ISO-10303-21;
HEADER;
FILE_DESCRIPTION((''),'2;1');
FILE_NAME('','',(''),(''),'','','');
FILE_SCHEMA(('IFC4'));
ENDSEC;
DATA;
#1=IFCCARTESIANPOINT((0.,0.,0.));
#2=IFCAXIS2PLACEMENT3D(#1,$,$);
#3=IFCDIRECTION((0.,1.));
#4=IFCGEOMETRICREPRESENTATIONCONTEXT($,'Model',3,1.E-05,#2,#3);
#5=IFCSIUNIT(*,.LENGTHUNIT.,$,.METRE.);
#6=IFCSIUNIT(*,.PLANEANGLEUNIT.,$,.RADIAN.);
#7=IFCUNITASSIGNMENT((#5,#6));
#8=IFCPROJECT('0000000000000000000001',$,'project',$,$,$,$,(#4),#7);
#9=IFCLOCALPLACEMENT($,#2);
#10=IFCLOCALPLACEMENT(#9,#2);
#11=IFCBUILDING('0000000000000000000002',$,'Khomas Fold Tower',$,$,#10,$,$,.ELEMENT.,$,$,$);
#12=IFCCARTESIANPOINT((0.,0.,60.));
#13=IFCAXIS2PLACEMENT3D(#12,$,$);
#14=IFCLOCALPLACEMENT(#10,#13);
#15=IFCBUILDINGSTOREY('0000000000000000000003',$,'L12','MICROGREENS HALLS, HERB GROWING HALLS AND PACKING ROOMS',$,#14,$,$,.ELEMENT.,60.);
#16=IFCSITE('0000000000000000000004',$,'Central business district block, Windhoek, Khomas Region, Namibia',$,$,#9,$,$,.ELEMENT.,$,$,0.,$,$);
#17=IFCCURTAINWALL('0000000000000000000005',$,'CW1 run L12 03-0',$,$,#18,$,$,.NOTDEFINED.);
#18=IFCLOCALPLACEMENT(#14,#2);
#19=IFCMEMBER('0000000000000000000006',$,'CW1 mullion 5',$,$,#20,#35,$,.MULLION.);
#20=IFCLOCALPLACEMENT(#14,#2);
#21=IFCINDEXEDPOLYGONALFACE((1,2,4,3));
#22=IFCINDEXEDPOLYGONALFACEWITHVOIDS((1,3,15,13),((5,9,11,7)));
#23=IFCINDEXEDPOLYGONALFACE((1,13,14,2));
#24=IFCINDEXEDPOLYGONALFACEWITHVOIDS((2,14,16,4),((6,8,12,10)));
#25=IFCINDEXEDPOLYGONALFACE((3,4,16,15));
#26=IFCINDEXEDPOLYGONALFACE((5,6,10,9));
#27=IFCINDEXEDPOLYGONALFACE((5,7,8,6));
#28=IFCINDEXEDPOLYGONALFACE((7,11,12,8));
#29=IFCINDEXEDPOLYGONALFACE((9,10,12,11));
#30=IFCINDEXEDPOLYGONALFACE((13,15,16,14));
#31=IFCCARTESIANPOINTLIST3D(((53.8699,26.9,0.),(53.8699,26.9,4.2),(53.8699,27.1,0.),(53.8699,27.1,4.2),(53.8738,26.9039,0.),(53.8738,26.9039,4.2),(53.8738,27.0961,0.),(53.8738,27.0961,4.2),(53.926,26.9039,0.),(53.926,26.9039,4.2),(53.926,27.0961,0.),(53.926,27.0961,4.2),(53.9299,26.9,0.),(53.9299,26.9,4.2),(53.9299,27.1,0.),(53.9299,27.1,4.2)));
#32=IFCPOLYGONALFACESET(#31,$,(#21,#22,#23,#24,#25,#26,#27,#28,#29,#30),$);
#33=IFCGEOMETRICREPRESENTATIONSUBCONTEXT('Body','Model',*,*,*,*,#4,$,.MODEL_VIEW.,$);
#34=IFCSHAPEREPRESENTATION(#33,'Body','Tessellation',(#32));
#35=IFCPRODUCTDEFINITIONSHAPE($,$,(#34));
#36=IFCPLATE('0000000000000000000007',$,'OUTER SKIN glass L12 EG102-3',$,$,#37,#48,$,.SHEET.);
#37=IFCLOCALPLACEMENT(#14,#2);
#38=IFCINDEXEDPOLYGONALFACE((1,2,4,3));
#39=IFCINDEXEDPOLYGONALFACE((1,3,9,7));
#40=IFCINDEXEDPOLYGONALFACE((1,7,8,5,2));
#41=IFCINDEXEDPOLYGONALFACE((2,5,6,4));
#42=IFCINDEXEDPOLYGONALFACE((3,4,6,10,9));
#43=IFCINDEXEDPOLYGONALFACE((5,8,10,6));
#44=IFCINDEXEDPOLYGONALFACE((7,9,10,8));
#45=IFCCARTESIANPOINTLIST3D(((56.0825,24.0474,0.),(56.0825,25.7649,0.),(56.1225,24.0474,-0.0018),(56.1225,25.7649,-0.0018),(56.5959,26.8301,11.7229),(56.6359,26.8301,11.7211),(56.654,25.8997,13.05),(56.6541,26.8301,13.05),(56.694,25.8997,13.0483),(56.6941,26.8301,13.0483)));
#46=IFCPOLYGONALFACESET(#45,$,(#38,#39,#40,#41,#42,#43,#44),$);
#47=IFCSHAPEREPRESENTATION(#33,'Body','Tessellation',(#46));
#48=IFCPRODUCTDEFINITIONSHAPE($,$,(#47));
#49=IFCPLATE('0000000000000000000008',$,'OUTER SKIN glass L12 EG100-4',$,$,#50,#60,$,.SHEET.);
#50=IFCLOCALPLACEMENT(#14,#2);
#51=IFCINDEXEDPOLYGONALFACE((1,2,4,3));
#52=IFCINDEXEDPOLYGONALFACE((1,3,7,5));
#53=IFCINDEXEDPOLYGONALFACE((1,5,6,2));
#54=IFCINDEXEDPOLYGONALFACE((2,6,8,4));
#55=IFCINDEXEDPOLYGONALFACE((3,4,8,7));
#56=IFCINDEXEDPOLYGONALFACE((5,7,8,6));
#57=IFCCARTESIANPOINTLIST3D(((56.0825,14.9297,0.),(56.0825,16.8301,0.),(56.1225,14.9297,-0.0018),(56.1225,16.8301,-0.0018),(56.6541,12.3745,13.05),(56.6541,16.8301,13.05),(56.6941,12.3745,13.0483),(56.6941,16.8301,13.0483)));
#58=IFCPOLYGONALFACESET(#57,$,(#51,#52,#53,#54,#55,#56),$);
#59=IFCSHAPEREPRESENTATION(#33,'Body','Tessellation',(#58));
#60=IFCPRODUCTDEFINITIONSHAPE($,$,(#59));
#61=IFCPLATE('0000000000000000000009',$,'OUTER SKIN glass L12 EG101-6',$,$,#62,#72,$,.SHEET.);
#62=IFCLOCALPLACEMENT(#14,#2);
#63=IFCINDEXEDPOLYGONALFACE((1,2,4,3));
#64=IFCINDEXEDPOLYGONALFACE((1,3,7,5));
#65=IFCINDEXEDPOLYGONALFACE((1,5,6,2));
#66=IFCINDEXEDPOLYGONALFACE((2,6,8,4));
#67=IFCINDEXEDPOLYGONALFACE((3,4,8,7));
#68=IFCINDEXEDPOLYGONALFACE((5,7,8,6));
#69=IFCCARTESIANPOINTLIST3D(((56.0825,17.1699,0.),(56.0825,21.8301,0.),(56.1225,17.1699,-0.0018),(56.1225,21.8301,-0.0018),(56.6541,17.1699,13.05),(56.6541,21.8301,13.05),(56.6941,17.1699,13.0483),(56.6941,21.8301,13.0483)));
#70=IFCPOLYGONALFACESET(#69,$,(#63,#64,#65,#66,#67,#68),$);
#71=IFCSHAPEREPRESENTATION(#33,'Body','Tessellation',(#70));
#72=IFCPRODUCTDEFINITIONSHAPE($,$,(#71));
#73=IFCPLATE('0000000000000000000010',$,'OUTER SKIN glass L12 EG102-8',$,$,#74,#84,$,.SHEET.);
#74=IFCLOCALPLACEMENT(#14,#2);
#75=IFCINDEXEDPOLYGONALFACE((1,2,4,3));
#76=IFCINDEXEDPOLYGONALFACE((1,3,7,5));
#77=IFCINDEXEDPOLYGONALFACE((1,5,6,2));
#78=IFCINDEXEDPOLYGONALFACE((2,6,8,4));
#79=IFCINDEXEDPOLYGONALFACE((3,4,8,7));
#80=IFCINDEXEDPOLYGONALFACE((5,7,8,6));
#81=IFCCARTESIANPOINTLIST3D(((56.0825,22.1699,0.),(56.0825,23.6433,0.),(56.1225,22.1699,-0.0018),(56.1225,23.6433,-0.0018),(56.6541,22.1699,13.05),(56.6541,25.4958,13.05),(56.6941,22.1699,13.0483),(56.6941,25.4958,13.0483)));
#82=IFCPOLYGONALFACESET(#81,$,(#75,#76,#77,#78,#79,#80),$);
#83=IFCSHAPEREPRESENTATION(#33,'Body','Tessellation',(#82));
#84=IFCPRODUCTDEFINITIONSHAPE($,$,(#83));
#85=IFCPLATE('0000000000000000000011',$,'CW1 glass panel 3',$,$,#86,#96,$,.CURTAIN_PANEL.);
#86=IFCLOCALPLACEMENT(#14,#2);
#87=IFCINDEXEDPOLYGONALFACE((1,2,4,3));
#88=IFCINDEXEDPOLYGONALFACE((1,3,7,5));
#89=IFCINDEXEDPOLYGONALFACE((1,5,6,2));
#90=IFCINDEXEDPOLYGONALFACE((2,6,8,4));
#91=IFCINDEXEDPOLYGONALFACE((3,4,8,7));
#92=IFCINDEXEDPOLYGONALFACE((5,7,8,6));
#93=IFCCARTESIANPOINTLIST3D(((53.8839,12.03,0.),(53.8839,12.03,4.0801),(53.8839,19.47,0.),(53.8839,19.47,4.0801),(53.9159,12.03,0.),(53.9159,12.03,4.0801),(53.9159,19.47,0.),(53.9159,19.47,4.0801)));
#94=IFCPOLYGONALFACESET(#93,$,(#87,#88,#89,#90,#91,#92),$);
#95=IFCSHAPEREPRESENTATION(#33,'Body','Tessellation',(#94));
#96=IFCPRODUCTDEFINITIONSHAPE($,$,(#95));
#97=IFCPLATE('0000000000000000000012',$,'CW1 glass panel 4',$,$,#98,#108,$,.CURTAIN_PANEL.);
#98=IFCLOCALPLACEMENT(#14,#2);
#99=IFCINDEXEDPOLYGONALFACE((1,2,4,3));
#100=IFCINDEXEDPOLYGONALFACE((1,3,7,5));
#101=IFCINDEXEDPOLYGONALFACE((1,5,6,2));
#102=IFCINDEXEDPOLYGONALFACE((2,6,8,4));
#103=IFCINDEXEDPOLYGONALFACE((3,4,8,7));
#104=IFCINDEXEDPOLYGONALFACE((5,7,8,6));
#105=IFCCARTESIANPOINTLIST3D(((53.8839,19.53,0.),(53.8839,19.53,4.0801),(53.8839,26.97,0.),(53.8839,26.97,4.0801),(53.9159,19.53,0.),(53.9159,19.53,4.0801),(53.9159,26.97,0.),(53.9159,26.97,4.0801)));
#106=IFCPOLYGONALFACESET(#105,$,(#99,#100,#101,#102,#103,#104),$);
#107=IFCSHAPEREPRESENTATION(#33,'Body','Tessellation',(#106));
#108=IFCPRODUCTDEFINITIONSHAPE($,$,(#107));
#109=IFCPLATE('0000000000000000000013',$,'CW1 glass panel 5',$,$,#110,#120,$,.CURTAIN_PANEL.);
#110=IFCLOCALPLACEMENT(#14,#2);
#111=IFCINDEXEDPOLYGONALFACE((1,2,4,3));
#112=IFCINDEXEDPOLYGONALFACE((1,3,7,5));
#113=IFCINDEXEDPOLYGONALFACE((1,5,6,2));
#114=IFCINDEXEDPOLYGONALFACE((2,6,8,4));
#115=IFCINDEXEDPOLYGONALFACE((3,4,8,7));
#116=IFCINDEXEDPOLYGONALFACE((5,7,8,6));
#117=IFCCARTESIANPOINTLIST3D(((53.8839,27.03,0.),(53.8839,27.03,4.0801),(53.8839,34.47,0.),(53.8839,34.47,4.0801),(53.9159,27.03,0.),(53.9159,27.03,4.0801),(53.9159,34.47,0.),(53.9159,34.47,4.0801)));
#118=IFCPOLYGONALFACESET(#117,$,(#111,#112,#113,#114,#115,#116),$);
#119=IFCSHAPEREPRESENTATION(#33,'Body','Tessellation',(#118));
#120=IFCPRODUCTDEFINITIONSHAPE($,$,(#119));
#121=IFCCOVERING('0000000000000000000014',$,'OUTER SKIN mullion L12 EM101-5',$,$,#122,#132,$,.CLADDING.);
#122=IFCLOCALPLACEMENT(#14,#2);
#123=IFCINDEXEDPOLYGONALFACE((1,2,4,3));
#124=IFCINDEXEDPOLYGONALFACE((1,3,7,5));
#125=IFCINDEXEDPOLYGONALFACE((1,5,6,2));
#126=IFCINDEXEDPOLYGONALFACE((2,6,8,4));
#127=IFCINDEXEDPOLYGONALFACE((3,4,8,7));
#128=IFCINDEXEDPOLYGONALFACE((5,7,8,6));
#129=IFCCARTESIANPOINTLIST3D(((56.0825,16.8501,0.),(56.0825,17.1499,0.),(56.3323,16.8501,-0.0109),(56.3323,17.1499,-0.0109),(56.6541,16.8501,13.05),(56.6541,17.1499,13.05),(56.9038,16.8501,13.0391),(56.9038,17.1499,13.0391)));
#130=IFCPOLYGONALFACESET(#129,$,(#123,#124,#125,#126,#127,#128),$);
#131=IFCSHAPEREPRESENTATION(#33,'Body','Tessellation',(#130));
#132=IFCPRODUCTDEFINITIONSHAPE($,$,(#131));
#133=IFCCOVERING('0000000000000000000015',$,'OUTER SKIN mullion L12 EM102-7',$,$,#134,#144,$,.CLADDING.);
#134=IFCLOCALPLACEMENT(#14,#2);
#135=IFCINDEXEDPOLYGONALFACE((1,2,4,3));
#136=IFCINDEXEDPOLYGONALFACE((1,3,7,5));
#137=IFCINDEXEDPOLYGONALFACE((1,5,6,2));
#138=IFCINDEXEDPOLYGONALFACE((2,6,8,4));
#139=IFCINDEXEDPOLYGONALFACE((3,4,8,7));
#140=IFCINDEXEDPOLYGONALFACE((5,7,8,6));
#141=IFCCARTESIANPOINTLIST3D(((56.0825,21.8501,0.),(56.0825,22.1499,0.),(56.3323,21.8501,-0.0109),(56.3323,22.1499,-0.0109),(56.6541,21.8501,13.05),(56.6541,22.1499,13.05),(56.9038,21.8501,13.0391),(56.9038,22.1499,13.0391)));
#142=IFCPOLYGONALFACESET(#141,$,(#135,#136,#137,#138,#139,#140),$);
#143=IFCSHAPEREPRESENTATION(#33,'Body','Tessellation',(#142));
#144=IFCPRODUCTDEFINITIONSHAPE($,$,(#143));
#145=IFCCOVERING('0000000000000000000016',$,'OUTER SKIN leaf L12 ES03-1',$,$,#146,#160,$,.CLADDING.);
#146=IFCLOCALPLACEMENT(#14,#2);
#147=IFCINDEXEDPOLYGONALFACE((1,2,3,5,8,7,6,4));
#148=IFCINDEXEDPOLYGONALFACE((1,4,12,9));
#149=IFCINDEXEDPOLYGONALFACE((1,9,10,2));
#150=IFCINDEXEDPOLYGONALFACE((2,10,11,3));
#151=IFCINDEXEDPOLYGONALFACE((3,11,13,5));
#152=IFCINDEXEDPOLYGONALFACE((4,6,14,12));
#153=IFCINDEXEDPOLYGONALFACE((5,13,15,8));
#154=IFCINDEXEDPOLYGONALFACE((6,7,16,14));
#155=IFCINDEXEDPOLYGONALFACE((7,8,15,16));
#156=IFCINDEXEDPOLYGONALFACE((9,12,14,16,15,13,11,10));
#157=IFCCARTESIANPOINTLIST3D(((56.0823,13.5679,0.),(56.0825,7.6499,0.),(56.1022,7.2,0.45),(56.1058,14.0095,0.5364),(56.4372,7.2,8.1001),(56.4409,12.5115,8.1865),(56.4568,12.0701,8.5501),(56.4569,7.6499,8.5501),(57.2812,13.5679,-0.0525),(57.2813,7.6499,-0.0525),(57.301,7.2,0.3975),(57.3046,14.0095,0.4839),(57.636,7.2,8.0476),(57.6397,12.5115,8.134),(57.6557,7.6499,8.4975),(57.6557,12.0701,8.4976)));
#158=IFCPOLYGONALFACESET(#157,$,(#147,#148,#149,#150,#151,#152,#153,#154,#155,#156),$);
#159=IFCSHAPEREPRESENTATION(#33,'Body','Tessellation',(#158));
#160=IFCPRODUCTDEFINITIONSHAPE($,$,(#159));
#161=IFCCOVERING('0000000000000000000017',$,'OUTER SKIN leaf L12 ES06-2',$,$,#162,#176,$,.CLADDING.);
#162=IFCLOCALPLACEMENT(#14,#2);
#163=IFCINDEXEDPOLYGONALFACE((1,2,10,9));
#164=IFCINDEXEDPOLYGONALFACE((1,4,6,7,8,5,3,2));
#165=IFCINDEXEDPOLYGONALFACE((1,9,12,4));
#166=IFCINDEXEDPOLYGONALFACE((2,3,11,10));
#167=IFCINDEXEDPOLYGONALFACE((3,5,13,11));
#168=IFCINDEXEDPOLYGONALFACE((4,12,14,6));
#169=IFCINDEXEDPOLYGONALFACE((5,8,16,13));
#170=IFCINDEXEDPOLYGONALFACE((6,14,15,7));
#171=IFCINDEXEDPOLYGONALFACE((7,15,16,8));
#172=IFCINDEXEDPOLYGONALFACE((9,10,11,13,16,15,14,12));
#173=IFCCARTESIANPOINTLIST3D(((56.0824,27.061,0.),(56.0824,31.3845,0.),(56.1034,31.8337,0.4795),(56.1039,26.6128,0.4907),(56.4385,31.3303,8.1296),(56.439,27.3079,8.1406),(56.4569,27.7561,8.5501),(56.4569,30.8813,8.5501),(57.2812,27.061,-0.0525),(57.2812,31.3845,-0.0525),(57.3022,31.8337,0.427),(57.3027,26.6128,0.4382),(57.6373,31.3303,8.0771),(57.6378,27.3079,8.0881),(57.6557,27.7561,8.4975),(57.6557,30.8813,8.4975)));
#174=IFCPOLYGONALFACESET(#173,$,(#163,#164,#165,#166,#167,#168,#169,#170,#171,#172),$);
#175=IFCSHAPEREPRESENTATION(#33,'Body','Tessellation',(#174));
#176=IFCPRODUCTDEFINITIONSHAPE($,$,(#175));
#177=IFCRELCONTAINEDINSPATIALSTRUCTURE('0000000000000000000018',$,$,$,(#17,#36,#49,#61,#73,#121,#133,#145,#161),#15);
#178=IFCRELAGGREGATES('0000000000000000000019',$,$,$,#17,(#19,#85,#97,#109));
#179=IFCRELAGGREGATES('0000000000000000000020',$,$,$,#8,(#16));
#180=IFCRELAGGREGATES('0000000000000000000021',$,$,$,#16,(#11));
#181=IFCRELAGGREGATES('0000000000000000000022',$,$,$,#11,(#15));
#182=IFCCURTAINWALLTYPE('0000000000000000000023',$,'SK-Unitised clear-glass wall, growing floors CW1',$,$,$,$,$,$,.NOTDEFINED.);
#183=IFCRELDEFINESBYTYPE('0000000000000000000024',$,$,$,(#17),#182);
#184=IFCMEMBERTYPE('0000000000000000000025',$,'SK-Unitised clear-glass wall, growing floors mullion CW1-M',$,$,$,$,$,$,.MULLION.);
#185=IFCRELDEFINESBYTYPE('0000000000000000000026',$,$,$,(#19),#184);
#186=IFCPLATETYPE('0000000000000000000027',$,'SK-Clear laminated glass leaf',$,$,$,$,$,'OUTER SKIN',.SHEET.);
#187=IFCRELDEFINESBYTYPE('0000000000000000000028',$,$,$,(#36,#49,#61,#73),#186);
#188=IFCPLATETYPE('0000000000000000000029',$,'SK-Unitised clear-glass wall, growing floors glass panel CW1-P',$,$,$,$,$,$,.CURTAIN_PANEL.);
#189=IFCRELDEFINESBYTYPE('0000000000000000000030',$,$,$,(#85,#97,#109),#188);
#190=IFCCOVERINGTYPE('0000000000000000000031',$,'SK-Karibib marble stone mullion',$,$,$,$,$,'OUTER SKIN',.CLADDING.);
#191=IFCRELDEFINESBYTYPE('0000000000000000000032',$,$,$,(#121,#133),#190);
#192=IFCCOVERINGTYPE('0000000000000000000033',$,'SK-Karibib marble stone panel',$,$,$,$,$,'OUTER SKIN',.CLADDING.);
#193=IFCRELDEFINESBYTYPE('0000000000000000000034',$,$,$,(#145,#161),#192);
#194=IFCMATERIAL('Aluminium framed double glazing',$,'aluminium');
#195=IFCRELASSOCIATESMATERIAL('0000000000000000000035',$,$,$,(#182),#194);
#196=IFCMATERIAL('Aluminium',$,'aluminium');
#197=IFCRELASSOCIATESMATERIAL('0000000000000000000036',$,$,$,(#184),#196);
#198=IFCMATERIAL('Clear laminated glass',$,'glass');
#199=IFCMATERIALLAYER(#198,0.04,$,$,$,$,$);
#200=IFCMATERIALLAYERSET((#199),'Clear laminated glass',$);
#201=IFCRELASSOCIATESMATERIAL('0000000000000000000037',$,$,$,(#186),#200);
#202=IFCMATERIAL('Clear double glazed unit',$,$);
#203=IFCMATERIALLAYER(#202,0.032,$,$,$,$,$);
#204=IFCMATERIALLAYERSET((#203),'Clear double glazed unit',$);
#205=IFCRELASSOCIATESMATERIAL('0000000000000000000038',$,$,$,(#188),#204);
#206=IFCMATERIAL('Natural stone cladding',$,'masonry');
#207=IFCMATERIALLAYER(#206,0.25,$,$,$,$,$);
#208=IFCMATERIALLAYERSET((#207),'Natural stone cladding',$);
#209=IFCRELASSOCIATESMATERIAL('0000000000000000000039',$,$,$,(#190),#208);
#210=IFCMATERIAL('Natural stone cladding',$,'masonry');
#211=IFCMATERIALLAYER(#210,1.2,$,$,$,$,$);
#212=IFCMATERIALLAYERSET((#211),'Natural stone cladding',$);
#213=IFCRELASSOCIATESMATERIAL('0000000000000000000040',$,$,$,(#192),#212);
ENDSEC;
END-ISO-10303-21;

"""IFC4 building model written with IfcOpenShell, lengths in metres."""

from ifc_helpers import new_model, si_unit, direction, frame, origin, origin_2d, place, context, subcontext, project, spatial, polyline, rectangle, hollow_rectangle, outline, extrude, source, transform, mapped, material, layer, layer_set, material_profile, profile_set, type_object, element, aggregate, save


model = new_model("IFC4")

# Units and contexts
model_context = context("Model", 3, precision=1e-05, world=origin(), true_north=direction((0.0, 1.0)))
body_context = subcontext(model_context, "Body", "Model", "MODEL_VIEW")
ifc_project = project(units=[si_unit("LENGTHUNIT", "METRE"), si_unit("PLANEANGLEUNIT", "RADIAN")], contexts=[model_context])

# Site, building, storey
site_placement = place(None, origin())
site = spatial("IfcSite", under=ifc_project, at=site_placement, Name="Central business district block, Windhoek, Khomas Region, Namibia", CompositionType="ELEMENT", RefElevation=0.0)
building_placement = place(site_placement, origin())
building = spatial("IfcBuilding", under=site, at=building_placement, Name="Khomas Fold Tower", CompositionType="ELEMENT")
storey_placement = place(building_placement, frame((0.0, 0.0, 60.0)))
storey = spatial("IfcBuildingStorey", under=building, at=storey_placement, Name="L12", Description="MICROGREENS HALLS, HERB GROWING HALLS AND PACKING ROOMS", CompositionType="ELEMENT", Elevation=60.0)

# Curtain wall, member
ifc_material_1 = material(Name="Aluminium framed double glazing", Category="aluminium")
curtain_wall_type = type_object("IfcCurtainWallType", Name="SK-Unitised clear-glass wall, growing floors CW1", PredefinedType="NOTDEFINED", material=ifc_material_1)
curtain_wall_placement = place(storey_placement, origin())
curtain_wall = element("IfcCurtainWall", 1, at=curtain_wall_placement, inside=storey, type_object=curtain_wall_type, Name="CW1 run L12 03-0", PredefinedType="NOTDEFINED")
ifc_material_2 = material(Name="Aluminium", Category="aluminium")
ifc_material_profile_1 = material_profile(ifc_material_2, hollow_rectangle(XDim=0.0601, YDim=0.2, WallThickness=0.0039, at=origin_2d()), Name="SK-Unitised clear-glass wall, growing floors mullion CW1-M")
ifc_profile_set_1 = profile_set([ifc_material_profile_1], Name="Aluminium")
member_type_1 = type_object("IfcMemberType", Name="SK-Unitised clear-glass wall, growing floors mullion CW1-M", PredefinedType="MULLION", material=ifc_profile_set_1)
shared_shape_1 = source(origin(), body_context, "Body", "SweptSolid", [
    extrude(hollow_rectangle(XDim=0.0601, YDim=0.2, WallThickness=0.0039, at=origin_2d()), origin(), (0.0, 0.0, 1.0), 4.2),
])
member_1_placement = place(storey_placement, frame((53.8999, 27.0, 0.0), z_axis=(0.0, 0.0, 1.0), x_axis=(-1.0, 0.0, 0.0)))
member_1 = element("IfcMember", 2, at=member_1_placement, type_object=member_type_1, Name="CW1 mullion 5", PredefinedType="MULLION", context=body_context, shape_type="MappedRepresentation", body=[
    mapped(shared_shape_1, transform((0.0, 0.0, 0.0))),
])

# Plates
ifc_material_3 = material(Name="Clear laminated glass", Category="glass")
ifc_layer_1 = layer(ifc_material_3, 0.04)
ifc_layer_set_1 = layer_set([ifc_layer_1], Name="Clear laminated glass")
plate_type_1 = type_object("IfcPlateType", Name="SK-Clear laminated glass leaf", ElementType="OUTER SKIN", PredefinedType="SHEET", material=ifc_layer_set_1)
plate_1_placement = place(storey_placement, frame((56.0825, 25.7649, 0.0), z_axis=(-0.999042, 0.000006, 0.043753), x_axis=(-0.000006, -1.0, 0.0)))
element("IfcPlate", 3, at=plate_1_placement, inside=storey, type_object=plate_type_1, Name="OUTER SKIN glass L12 EG102-3", PredefinedType="SHEET", context=body_context, shape_type="SweptSolid", body=[
    extrude(outline(polyline([(0.0, 0.0), (1.7175, 0.0), (-0.1348, 13.0626), (-1.0652, 13.0626), (-1.0652, 11.7341), (0.0, 0.0)])), origin(), (0.0, 0.0, -1.0), 0.04),
])
plate_2_placement = place(storey_placement, frame((56.0825, 14.9297, 0.0), z_axis=(-0.999042, 0.0, 0.043754), x_axis=(0.04294, -0.191972, 0.98046)))
element("IfcPlate", 4, at=plate_2_placement, inside=storey, type_object=plate_type_1, Name="OUTER SKIN glass L12 EG100-4", PredefinedType="SHEET", context=body_context, shape_type="SweptSolid", body=[
    extrude(outline(polyline([(0.0, 0.0), (13.3101, 0.0), (12.4548, 4.3727), (-0.3648, 1.865), (0.0, 0.0)])), origin(), (0.0, 0.0, -1.0), 0.04),
])
plate_3_placement = place(storey_placement, frame((56.0825, 17.1699, 0.0), z_axis=(-0.999042, 0.0, 0.043754), x_axis=(0.043754, 0.0, 0.999042)))
element("IfcPlate", 5, at=plate_3_placement, inside=storey, type_object=plate_type_1, Name="OUTER SKIN glass L12 EG101-6", PredefinedType="SHEET", context=body_context, shape_type="SweptSolid", body=[
    extrude(outline(polyline([(0.0, 0.0), (13.0626, 0.0), (13.0626, 4.6602), (0.0, 4.6602), (0.0, 0.0)])), origin(), (0.0, 0.0, -1.0), 0.04),
])
plate_4_placement = place(storey_placement, frame((56.0825, 23.6433, 0.0), z_axis=(-0.999042, 0.0, 0.043754), x_axis=(0.0, -1.0, 0.0)))
element("IfcPlate", 6, at=plate_4_placement, inside=storey, type_object=plate_type_1, Name="OUTER SKIN glass L12 EG102-8", PredefinedType="SHEET", context=body_context, shape_type="SweptSolid", body=[
    extrude(outline(polyline([(0.0, 0.0), (1.4734, 0.0), (1.4734, 13.0626), (-1.8525, 13.0626), (0.0, 0.0)])), origin(), (0.0, 0.0, -1.0), 0.04),
])

# Plates
ifc_material_4 = material(Name="Clear double glazed unit")
ifc_layer_2 = layer(ifc_material_4, 0.032)
ifc_layer_set_2 = layer_set([ifc_layer_2], Name="Clear double glazed unit")
plate_type_2 = type_object("IfcPlateType", Name="SK-Unitised clear-glass wall, growing floors glass panel CW1-P", PredefinedType="CURTAIN_PANEL", material=ifc_layer_set_2)
shared_shape_2 = source(origin(), body_context, "Body", "SweptSolid", [
    extrude(rectangle(XDim=7.4399, YDim=0.032, at=origin_2d()), origin(), (0.0, 0.0, 1.0), 4.0801),
])
plate_5_placement = place(storey_placement, frame((53.8999, 15.75, 0.0), z_axis=(0.0, 0.0, 1.0), x_axis=(0.0, 1.0, 0.0)))
plate_5 = element("IfcPlate", 7, at=plate_5_placement, type_object=plate_type_2, Name="CW1 glass panel 3", PredefinedType="CURTAIN_PANEL", context=body_context, shape_type="MappedRepresentation", body=[
    mapped(shared_shape_2, transform((0.0, 0.0, 0.0))),
])
plate_6_placement = place(storey_placement, frame((53.8999, 23.25, 0.0), z_axis=(0.0, 0.0, 1.0), x_axis=(0.0, 1.0, 0.0)))
plate_6 = element("IfcPlate", 8, at=plate_6_placement, type_object=plate_type_2, Name="CW1 glass panel 4", PredefinedType="CURTAIN_PANEL", context=body_context, shape_type="MappedRepresentation", body=[
    mapped(shared_shape_2, transform((0.0, 0.0, 0.0))),
])
plate_7_placement = place(storey_placement, frame((53.8999, 30.75, 0.0), z_axis=(0.0, 0.0, 1.0), x_axis=(0.0, 1.0, 0.0)))
plate_7 = element("IfcPlate", 9, at=plate_7_placement, type_object=plate_type_2, Name="CW1 glass panel 5", PredefinedType="CURTAIN_PANEL", context=body_context, shape_type="MappedRepresentation", body=[
    mapped(shared_shape_2, transform((0.0, 0.0, 0.0))),
])
aggregate(curtain_wall, [member_1, plate_5, plate_6, plate_7])

# Coverings
ifc_material_5 = material(Name="Natural stone cladding", Category="masonry")
ifc_layer_3 = layer(ifc_material_5, 0.25)
ifc_layer_set_3 = layer_set([ifc_layer_3], Name="Natural stone cladding")
covering_type_1 = type_object("IfcCoveringType", Name="SK-Karibib marble stone mullion", ElementType="OUTER SKIN", PredefinedType="CLADDING", material=ifc_layer_set_3)
for number, where, z_axis, x_axis, name in (
    (10, (56.0825, 16.8501, 0.0), (-0.999042, 0.0, 0.043754), (0.043754, 0.0, 0.999042), "OUTER SKIN mullion L12 EM101-5"),
    (11, (56.0825, 21.8501, 0.0), (-0.999042, 0.0, 0.043754), (0.043754, 0.0, 0.999042), "OUTER SKIN mullion L12 EM102-7"),
):
    element("IfcCovering", number, at=place(storey_placement, frame(where, z_axis=z_axis, x_axis=x_axis)), inside=storey, type_object=covering_type_1, Name=name, PredefinedType="CLADDING", context=body_context, shape_type="SweptSolid", body=[
        extrude(outline(polyline([(0.0, 0.0), (13.0626, 0.0), (13.0626, 0.2998), (0.0, 0.2998), (0.0, 0.0)])), origin(), (0.0, 0.0, -1.0), 0.25),
    ])
ifc_material_6 = material(Name="Natural stone cladding", Category="masonry")
ifc_layer_4 = layer(ifc_material_6, 1.2)
ifc_layer_set_4 = layer_set([ifc_layer_4], Name="Natural stone cladding")
covering_type_2 = type_object("IfcCoveringType", Name="SK-Karibib marble stone panel", ElementType="OUTER SKIN", PredefinedType="CLADDING", material=ifc_layer_set_4)
covering_1_placement = place(storey_placement, frame((56.4409, 12.5115, 8.1865), z_axis=(-0.999042, -0.000019, 0.043756), x_axis=(-0.042945, 0.191992, -0.980456)))
element("IfcCovering", 12, at=covering_1_placement, inside=storey, type_object=covering_type_2, Name="OUTER SKIN leaf L12 ES03-1", PredefinedType="CLADDING", context=body_context, shape_type="SweptSolid", body=[
    extrude(outline(polyline([(0.0, 0.0), (7.8026, 0.0), (8.2447, 0.5365), (7.1085, 6.3444), (6.5801, 6.6995), (-0.9349, 5.2293), (-1.2905, 4.7013), (-0.4419, 0.3633), (0.0, 0.0)])), origin(), (0.0, 0.0, -1.0), 1.2),
])
covering_2_placement = place(storey_placement, frame((56.4385, 31.3303, 8.1296), z_axis=(-0.999042, 0.0, 0.043757), x_axis=(-0.043662, 0.0656, -0.99689)))
element("IfcCovering", 13, at=covering_2_placement, inside=storey, type_object=covering_type_2, Name="OUTER SKIN leaf L12 ES06-2", PredefinedType="CLADDING", context=body_context, shape_type="SweptSolid", body=[
    extrude(outline(polyline([(0.0, 0.0), (7.674, 0.0), (8.1235, 0.4797), (7.8398, 4.7939), (7.3203, 5.209), (-0.2748, 4.0131), (-0.6544, 3.5389), (-0.4494, 0.4204), (0.0, 0.0)])), origin(), (0.0, 0.0, -1.0), 1.2),
])

save(model, "model.ifc")
